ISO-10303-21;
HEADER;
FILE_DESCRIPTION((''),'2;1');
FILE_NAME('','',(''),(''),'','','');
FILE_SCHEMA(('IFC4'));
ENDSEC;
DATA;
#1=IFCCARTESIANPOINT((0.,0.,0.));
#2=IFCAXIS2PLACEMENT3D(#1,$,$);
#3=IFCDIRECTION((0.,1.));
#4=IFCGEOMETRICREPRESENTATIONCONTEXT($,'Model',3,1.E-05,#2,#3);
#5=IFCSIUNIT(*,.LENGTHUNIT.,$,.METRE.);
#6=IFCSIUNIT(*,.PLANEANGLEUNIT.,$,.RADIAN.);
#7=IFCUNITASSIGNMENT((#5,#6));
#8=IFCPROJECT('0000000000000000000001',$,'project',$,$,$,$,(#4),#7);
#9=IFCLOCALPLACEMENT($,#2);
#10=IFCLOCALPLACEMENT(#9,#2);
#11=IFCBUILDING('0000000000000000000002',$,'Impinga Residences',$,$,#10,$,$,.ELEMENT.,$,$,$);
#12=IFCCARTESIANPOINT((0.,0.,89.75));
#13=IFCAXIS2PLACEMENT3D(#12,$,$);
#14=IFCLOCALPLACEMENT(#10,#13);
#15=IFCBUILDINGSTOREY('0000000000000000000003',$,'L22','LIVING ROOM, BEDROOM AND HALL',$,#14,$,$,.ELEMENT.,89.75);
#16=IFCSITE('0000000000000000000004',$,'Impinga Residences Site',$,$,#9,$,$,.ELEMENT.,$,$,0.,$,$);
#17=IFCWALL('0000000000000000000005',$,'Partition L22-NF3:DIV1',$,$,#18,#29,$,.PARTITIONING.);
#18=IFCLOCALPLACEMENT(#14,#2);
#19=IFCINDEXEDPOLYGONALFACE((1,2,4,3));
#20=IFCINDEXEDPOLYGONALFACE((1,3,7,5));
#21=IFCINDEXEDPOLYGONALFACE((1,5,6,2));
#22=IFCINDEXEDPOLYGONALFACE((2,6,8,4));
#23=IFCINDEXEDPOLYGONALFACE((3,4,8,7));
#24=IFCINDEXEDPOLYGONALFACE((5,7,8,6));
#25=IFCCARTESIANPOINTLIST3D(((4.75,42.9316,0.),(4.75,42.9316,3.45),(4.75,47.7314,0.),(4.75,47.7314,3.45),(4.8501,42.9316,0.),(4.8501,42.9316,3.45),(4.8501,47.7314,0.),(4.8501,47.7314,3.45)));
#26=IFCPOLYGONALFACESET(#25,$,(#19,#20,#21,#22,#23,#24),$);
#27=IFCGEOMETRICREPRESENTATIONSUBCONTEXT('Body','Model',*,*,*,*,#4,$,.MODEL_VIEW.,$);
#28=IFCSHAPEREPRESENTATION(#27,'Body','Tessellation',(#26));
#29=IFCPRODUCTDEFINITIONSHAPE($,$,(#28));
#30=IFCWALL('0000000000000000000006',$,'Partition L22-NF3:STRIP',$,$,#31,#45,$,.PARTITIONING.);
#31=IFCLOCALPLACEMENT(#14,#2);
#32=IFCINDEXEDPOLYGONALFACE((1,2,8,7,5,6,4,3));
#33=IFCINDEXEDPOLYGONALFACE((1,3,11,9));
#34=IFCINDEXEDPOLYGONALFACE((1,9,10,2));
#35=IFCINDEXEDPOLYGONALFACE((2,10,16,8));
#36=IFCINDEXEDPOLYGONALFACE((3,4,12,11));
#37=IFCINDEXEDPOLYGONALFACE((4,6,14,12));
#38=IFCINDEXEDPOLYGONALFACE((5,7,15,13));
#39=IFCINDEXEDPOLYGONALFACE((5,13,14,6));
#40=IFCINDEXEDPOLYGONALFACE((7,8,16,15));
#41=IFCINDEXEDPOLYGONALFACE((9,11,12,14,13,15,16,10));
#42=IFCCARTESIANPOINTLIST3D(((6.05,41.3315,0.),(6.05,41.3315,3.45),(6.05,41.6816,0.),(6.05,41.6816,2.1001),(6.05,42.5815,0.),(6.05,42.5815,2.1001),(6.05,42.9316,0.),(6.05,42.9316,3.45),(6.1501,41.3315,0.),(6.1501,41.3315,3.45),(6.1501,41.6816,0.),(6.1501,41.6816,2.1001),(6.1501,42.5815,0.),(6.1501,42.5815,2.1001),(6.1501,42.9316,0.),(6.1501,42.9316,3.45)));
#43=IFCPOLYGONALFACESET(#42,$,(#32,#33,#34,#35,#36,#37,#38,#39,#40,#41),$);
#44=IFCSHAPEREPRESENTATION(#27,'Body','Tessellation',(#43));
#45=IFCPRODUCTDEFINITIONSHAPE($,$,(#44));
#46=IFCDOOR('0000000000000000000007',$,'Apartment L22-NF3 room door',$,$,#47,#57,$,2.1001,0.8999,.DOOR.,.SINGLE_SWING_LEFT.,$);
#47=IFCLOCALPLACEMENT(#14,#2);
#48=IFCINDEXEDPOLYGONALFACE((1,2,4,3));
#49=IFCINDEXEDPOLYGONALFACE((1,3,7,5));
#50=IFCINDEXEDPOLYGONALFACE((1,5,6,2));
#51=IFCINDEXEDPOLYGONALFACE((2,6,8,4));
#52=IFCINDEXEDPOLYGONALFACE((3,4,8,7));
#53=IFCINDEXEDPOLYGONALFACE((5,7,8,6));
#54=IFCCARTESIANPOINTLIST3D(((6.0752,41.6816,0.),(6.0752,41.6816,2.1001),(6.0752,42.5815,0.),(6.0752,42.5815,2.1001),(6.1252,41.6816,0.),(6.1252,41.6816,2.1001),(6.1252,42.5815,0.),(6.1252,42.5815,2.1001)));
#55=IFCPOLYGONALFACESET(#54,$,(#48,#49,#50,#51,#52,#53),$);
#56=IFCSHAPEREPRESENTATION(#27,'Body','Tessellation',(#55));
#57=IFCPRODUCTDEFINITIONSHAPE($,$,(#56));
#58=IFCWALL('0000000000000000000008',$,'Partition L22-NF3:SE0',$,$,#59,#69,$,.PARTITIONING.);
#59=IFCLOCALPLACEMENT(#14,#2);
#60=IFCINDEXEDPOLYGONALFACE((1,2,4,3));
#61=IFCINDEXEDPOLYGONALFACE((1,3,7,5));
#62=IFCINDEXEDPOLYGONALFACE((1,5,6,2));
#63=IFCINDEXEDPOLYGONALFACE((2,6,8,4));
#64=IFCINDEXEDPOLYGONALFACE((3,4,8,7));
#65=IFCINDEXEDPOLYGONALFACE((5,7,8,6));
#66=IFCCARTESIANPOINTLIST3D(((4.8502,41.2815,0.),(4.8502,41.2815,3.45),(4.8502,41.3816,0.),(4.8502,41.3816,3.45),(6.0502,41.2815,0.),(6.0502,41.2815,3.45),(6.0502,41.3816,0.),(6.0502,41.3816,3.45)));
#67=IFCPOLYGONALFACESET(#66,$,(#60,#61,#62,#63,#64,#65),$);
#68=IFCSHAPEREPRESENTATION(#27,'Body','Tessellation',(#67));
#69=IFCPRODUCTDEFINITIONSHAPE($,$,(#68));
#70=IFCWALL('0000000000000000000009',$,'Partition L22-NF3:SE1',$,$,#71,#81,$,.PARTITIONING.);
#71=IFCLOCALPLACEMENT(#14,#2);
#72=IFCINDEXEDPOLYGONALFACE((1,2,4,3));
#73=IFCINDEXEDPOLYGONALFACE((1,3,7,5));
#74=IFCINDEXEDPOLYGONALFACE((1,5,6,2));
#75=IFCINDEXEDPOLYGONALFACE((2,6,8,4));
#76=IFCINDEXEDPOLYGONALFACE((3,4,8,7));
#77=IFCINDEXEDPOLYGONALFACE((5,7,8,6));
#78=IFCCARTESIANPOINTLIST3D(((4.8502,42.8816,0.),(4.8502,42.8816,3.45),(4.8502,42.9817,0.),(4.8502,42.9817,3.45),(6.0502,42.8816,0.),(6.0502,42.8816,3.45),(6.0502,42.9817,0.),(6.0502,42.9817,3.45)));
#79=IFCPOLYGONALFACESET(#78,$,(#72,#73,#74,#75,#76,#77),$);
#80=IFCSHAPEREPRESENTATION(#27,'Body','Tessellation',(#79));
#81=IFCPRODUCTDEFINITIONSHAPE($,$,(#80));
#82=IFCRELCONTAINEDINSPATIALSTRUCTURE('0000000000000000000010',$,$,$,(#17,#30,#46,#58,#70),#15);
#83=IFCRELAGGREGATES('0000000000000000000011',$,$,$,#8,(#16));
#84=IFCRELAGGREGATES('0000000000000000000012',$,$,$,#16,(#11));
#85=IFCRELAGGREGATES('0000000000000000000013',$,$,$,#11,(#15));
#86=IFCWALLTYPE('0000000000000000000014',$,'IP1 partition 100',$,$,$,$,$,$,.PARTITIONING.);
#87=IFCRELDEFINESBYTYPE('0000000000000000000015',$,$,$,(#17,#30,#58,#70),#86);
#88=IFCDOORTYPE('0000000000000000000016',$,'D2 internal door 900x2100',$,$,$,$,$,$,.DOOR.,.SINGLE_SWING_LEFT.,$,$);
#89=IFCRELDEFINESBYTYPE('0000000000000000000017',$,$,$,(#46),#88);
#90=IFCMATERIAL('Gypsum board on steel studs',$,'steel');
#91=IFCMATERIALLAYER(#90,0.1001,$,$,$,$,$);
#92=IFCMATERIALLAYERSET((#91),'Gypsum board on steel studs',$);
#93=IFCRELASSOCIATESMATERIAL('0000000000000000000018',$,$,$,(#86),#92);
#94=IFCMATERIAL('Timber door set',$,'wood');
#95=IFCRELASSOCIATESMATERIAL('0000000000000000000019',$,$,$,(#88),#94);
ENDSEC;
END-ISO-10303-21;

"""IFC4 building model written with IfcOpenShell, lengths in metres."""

from ifc_helpers import new_model, si_unit, direction, frame, frame_2d, origin, place, context, subcontext, project, spatial, rectangle, extrude, material, layer, layer_set, type_object, element, fill, save


model = new_model("IFC4")

# Units and contexts
model_context = context("Model", 3, precision=1e-05, world=origin(), true_north=direction((0.0, 1.0)))
body_context = subcontext(model_context, "Body", "Model", "MODEL_VIEW")
ifc_project = project(units=[si_unit("LENGTHUNIT", "METRE"), si_unit("PLANEANGLEUNIT", "RADIAN")], contexts=[model_context])

# Site, building, storey
site_placement = place(None, origin())
site = spatial("IfcSite", under=ifc_project, at=site_placement, Name="Impinga Residences Site", CompositionType="ELEMENT", RefElevation=0.0)
building_placement = place(site_placement, origin())
building = spatial("IfcBuilding", under=site, at=building_placement, Name="Impinga Residences", CompositionType="ELEMENT")
storey_placement = place(building_placement, frame((0.0, 0.0, 89.75)))
storey = spatial("IfcBuildingStorey", under=building, at=storey_placement, Name="L22", Description="LIVING ROOM, BEDROOM AND HALL", CompositionType="ELEMENT", Elevation=89.75)

# Wall
ifc_material_1 = material(Name="Gypsum board on steel studs", Category="steel")
ifc_layer_1 = layer(ifc_material_1, 0.1001)
ifc_layer_set_1 = layer_set([ifc_layer_1], Name="Gypsum board on steel studs")
wall_type_1 = type_object("IfcWallType", Name="IP1 partition 100", PredefinedType="PARTITIONING", material=ifc_layer_set_1)
wall_1_placement = place(storey_placement, frame((4.8, 42.9316, 0.0), z_axis=(0.0, 0.0, 1.0), x_axis=(0.0, 1.0, 0.0)))
element("IfcWall", 1, at=wall_1_placement, inside=storey, type_object=wall_type_1, Name="Partition L22-NF3:DIV1", PredefinedType="PARTITIONING", context=body_context, shape_type="SweptSolid", body=[
    extrude(rectangle(XDim=4.7998, YDim=0.1001, at=frame_2d((2.3999, 0.0))), origin(), (0.0, 0.0, 1.0), 3.45),
])

# Wall, opening, door
wall_2_placement = place(storey_placement, frame((6.1001, 41.3315, 0.0), z_axis=(0.0, 0.0, 1.0), x_axis=(0.0, 1.0, 0.0)))
wall_2 = element("IfcWall", 2, at=wall_2_placement, inside=storey, type_object=wall_type_1, Name="Partition L22-NF3:STRIP", PredefinedType="PARTITIONING", context=body_context, shape_type="SweptSolid", body=[
    extrude(rectangle(XDim=1.6001, YDim=0.1001, at=frame_2d((0.8, 0.0))), origin(), (0.0, 0.0, 1.0), 3.45),
])
opening_1_placement = place(wall_2_placement, frame((0.3501, 0.0, 0.0)))
opening_1 = element("IfcOpeningElement", 3, at=opening_1_placement, cuts=wall_2, PredefinedType="OPENING", context=body_context, shape_type="SweptSolid", body=[
    extrude(rectangle(XDim=0.8999, YDim=2.1001, at=frame_2d((0.45, 1.05))), frame((0.0, 0.0601, 0.0), z_axis=(0.0, -1.0, 0.0), x_axis=(1.0, 0.0, 0.0)), (0.0, 0.0, 1.0), 0.1201),
])
ifc_material_2 = material(Name="Timber door set", Category="wood")
door_type = type_object("IfcDoorType", Name="D2 internal door 900x2100", OperationType="SINGLE_SWING_LEFT", PredefinedType="DOOR", material=ifc_material_2)
door_placement = place(opening_1_placement, origin())
door = element("IfcDoor", 4, at=door_placement, inside=storey, type_object=door_type, Name="Apartment L22-NF3 room door", OperationType="SINGLE_SWING_LEFT", OverallHeight=2.1001, OverallWidth=0.8999, PredefinedType="DOOR", context=body_context, shape_type="SweptSolid", body=[
    extrude(rectangle(XDim=0.8999, YDim=2.1001, at=frame_2d((0.45, 1.05))), frame((0.0, 0.0249, 0.0), z_axis=(0.0, -1.0, 0.0), x_axis=(1.0, 0.0, 0.0)), (0.0, 0.0, 1.0), 0.05),
])
fill(opening_1, door)

# Walls
for number, where, z_axis, x_axis, name in (
    (5, (4.8501, 41.3315, 0.0), (0.0, 0.0, 1.0), (1.0, 0.0, 0.0), "Partition L22-NF3:SE0"),
    (6, (4.8501, 42.9316, 0.0), (0.0, 0.0, 1.0), (1.0, 0.0, 0.0), "Partition L22-NF3:SE1"),
):
    element("IfcWall", number, at=place(storey_placement, frame(where, z_axis=z_axis, x_axis=x_axis)), inside=storey, type_object=wall_type_1, Name=name, PredefinedType="PARTITIONING", context=body_context, shape_type="SweptSolid", body=[
        extrude(rectangle(XDim=1.2, YDim=0.1001, at=frame_2d((0.6001, 0.0))), origin(), (0.0, 0.0, 1.0), 3.45),
    ])

save(model, "model.ifc")
